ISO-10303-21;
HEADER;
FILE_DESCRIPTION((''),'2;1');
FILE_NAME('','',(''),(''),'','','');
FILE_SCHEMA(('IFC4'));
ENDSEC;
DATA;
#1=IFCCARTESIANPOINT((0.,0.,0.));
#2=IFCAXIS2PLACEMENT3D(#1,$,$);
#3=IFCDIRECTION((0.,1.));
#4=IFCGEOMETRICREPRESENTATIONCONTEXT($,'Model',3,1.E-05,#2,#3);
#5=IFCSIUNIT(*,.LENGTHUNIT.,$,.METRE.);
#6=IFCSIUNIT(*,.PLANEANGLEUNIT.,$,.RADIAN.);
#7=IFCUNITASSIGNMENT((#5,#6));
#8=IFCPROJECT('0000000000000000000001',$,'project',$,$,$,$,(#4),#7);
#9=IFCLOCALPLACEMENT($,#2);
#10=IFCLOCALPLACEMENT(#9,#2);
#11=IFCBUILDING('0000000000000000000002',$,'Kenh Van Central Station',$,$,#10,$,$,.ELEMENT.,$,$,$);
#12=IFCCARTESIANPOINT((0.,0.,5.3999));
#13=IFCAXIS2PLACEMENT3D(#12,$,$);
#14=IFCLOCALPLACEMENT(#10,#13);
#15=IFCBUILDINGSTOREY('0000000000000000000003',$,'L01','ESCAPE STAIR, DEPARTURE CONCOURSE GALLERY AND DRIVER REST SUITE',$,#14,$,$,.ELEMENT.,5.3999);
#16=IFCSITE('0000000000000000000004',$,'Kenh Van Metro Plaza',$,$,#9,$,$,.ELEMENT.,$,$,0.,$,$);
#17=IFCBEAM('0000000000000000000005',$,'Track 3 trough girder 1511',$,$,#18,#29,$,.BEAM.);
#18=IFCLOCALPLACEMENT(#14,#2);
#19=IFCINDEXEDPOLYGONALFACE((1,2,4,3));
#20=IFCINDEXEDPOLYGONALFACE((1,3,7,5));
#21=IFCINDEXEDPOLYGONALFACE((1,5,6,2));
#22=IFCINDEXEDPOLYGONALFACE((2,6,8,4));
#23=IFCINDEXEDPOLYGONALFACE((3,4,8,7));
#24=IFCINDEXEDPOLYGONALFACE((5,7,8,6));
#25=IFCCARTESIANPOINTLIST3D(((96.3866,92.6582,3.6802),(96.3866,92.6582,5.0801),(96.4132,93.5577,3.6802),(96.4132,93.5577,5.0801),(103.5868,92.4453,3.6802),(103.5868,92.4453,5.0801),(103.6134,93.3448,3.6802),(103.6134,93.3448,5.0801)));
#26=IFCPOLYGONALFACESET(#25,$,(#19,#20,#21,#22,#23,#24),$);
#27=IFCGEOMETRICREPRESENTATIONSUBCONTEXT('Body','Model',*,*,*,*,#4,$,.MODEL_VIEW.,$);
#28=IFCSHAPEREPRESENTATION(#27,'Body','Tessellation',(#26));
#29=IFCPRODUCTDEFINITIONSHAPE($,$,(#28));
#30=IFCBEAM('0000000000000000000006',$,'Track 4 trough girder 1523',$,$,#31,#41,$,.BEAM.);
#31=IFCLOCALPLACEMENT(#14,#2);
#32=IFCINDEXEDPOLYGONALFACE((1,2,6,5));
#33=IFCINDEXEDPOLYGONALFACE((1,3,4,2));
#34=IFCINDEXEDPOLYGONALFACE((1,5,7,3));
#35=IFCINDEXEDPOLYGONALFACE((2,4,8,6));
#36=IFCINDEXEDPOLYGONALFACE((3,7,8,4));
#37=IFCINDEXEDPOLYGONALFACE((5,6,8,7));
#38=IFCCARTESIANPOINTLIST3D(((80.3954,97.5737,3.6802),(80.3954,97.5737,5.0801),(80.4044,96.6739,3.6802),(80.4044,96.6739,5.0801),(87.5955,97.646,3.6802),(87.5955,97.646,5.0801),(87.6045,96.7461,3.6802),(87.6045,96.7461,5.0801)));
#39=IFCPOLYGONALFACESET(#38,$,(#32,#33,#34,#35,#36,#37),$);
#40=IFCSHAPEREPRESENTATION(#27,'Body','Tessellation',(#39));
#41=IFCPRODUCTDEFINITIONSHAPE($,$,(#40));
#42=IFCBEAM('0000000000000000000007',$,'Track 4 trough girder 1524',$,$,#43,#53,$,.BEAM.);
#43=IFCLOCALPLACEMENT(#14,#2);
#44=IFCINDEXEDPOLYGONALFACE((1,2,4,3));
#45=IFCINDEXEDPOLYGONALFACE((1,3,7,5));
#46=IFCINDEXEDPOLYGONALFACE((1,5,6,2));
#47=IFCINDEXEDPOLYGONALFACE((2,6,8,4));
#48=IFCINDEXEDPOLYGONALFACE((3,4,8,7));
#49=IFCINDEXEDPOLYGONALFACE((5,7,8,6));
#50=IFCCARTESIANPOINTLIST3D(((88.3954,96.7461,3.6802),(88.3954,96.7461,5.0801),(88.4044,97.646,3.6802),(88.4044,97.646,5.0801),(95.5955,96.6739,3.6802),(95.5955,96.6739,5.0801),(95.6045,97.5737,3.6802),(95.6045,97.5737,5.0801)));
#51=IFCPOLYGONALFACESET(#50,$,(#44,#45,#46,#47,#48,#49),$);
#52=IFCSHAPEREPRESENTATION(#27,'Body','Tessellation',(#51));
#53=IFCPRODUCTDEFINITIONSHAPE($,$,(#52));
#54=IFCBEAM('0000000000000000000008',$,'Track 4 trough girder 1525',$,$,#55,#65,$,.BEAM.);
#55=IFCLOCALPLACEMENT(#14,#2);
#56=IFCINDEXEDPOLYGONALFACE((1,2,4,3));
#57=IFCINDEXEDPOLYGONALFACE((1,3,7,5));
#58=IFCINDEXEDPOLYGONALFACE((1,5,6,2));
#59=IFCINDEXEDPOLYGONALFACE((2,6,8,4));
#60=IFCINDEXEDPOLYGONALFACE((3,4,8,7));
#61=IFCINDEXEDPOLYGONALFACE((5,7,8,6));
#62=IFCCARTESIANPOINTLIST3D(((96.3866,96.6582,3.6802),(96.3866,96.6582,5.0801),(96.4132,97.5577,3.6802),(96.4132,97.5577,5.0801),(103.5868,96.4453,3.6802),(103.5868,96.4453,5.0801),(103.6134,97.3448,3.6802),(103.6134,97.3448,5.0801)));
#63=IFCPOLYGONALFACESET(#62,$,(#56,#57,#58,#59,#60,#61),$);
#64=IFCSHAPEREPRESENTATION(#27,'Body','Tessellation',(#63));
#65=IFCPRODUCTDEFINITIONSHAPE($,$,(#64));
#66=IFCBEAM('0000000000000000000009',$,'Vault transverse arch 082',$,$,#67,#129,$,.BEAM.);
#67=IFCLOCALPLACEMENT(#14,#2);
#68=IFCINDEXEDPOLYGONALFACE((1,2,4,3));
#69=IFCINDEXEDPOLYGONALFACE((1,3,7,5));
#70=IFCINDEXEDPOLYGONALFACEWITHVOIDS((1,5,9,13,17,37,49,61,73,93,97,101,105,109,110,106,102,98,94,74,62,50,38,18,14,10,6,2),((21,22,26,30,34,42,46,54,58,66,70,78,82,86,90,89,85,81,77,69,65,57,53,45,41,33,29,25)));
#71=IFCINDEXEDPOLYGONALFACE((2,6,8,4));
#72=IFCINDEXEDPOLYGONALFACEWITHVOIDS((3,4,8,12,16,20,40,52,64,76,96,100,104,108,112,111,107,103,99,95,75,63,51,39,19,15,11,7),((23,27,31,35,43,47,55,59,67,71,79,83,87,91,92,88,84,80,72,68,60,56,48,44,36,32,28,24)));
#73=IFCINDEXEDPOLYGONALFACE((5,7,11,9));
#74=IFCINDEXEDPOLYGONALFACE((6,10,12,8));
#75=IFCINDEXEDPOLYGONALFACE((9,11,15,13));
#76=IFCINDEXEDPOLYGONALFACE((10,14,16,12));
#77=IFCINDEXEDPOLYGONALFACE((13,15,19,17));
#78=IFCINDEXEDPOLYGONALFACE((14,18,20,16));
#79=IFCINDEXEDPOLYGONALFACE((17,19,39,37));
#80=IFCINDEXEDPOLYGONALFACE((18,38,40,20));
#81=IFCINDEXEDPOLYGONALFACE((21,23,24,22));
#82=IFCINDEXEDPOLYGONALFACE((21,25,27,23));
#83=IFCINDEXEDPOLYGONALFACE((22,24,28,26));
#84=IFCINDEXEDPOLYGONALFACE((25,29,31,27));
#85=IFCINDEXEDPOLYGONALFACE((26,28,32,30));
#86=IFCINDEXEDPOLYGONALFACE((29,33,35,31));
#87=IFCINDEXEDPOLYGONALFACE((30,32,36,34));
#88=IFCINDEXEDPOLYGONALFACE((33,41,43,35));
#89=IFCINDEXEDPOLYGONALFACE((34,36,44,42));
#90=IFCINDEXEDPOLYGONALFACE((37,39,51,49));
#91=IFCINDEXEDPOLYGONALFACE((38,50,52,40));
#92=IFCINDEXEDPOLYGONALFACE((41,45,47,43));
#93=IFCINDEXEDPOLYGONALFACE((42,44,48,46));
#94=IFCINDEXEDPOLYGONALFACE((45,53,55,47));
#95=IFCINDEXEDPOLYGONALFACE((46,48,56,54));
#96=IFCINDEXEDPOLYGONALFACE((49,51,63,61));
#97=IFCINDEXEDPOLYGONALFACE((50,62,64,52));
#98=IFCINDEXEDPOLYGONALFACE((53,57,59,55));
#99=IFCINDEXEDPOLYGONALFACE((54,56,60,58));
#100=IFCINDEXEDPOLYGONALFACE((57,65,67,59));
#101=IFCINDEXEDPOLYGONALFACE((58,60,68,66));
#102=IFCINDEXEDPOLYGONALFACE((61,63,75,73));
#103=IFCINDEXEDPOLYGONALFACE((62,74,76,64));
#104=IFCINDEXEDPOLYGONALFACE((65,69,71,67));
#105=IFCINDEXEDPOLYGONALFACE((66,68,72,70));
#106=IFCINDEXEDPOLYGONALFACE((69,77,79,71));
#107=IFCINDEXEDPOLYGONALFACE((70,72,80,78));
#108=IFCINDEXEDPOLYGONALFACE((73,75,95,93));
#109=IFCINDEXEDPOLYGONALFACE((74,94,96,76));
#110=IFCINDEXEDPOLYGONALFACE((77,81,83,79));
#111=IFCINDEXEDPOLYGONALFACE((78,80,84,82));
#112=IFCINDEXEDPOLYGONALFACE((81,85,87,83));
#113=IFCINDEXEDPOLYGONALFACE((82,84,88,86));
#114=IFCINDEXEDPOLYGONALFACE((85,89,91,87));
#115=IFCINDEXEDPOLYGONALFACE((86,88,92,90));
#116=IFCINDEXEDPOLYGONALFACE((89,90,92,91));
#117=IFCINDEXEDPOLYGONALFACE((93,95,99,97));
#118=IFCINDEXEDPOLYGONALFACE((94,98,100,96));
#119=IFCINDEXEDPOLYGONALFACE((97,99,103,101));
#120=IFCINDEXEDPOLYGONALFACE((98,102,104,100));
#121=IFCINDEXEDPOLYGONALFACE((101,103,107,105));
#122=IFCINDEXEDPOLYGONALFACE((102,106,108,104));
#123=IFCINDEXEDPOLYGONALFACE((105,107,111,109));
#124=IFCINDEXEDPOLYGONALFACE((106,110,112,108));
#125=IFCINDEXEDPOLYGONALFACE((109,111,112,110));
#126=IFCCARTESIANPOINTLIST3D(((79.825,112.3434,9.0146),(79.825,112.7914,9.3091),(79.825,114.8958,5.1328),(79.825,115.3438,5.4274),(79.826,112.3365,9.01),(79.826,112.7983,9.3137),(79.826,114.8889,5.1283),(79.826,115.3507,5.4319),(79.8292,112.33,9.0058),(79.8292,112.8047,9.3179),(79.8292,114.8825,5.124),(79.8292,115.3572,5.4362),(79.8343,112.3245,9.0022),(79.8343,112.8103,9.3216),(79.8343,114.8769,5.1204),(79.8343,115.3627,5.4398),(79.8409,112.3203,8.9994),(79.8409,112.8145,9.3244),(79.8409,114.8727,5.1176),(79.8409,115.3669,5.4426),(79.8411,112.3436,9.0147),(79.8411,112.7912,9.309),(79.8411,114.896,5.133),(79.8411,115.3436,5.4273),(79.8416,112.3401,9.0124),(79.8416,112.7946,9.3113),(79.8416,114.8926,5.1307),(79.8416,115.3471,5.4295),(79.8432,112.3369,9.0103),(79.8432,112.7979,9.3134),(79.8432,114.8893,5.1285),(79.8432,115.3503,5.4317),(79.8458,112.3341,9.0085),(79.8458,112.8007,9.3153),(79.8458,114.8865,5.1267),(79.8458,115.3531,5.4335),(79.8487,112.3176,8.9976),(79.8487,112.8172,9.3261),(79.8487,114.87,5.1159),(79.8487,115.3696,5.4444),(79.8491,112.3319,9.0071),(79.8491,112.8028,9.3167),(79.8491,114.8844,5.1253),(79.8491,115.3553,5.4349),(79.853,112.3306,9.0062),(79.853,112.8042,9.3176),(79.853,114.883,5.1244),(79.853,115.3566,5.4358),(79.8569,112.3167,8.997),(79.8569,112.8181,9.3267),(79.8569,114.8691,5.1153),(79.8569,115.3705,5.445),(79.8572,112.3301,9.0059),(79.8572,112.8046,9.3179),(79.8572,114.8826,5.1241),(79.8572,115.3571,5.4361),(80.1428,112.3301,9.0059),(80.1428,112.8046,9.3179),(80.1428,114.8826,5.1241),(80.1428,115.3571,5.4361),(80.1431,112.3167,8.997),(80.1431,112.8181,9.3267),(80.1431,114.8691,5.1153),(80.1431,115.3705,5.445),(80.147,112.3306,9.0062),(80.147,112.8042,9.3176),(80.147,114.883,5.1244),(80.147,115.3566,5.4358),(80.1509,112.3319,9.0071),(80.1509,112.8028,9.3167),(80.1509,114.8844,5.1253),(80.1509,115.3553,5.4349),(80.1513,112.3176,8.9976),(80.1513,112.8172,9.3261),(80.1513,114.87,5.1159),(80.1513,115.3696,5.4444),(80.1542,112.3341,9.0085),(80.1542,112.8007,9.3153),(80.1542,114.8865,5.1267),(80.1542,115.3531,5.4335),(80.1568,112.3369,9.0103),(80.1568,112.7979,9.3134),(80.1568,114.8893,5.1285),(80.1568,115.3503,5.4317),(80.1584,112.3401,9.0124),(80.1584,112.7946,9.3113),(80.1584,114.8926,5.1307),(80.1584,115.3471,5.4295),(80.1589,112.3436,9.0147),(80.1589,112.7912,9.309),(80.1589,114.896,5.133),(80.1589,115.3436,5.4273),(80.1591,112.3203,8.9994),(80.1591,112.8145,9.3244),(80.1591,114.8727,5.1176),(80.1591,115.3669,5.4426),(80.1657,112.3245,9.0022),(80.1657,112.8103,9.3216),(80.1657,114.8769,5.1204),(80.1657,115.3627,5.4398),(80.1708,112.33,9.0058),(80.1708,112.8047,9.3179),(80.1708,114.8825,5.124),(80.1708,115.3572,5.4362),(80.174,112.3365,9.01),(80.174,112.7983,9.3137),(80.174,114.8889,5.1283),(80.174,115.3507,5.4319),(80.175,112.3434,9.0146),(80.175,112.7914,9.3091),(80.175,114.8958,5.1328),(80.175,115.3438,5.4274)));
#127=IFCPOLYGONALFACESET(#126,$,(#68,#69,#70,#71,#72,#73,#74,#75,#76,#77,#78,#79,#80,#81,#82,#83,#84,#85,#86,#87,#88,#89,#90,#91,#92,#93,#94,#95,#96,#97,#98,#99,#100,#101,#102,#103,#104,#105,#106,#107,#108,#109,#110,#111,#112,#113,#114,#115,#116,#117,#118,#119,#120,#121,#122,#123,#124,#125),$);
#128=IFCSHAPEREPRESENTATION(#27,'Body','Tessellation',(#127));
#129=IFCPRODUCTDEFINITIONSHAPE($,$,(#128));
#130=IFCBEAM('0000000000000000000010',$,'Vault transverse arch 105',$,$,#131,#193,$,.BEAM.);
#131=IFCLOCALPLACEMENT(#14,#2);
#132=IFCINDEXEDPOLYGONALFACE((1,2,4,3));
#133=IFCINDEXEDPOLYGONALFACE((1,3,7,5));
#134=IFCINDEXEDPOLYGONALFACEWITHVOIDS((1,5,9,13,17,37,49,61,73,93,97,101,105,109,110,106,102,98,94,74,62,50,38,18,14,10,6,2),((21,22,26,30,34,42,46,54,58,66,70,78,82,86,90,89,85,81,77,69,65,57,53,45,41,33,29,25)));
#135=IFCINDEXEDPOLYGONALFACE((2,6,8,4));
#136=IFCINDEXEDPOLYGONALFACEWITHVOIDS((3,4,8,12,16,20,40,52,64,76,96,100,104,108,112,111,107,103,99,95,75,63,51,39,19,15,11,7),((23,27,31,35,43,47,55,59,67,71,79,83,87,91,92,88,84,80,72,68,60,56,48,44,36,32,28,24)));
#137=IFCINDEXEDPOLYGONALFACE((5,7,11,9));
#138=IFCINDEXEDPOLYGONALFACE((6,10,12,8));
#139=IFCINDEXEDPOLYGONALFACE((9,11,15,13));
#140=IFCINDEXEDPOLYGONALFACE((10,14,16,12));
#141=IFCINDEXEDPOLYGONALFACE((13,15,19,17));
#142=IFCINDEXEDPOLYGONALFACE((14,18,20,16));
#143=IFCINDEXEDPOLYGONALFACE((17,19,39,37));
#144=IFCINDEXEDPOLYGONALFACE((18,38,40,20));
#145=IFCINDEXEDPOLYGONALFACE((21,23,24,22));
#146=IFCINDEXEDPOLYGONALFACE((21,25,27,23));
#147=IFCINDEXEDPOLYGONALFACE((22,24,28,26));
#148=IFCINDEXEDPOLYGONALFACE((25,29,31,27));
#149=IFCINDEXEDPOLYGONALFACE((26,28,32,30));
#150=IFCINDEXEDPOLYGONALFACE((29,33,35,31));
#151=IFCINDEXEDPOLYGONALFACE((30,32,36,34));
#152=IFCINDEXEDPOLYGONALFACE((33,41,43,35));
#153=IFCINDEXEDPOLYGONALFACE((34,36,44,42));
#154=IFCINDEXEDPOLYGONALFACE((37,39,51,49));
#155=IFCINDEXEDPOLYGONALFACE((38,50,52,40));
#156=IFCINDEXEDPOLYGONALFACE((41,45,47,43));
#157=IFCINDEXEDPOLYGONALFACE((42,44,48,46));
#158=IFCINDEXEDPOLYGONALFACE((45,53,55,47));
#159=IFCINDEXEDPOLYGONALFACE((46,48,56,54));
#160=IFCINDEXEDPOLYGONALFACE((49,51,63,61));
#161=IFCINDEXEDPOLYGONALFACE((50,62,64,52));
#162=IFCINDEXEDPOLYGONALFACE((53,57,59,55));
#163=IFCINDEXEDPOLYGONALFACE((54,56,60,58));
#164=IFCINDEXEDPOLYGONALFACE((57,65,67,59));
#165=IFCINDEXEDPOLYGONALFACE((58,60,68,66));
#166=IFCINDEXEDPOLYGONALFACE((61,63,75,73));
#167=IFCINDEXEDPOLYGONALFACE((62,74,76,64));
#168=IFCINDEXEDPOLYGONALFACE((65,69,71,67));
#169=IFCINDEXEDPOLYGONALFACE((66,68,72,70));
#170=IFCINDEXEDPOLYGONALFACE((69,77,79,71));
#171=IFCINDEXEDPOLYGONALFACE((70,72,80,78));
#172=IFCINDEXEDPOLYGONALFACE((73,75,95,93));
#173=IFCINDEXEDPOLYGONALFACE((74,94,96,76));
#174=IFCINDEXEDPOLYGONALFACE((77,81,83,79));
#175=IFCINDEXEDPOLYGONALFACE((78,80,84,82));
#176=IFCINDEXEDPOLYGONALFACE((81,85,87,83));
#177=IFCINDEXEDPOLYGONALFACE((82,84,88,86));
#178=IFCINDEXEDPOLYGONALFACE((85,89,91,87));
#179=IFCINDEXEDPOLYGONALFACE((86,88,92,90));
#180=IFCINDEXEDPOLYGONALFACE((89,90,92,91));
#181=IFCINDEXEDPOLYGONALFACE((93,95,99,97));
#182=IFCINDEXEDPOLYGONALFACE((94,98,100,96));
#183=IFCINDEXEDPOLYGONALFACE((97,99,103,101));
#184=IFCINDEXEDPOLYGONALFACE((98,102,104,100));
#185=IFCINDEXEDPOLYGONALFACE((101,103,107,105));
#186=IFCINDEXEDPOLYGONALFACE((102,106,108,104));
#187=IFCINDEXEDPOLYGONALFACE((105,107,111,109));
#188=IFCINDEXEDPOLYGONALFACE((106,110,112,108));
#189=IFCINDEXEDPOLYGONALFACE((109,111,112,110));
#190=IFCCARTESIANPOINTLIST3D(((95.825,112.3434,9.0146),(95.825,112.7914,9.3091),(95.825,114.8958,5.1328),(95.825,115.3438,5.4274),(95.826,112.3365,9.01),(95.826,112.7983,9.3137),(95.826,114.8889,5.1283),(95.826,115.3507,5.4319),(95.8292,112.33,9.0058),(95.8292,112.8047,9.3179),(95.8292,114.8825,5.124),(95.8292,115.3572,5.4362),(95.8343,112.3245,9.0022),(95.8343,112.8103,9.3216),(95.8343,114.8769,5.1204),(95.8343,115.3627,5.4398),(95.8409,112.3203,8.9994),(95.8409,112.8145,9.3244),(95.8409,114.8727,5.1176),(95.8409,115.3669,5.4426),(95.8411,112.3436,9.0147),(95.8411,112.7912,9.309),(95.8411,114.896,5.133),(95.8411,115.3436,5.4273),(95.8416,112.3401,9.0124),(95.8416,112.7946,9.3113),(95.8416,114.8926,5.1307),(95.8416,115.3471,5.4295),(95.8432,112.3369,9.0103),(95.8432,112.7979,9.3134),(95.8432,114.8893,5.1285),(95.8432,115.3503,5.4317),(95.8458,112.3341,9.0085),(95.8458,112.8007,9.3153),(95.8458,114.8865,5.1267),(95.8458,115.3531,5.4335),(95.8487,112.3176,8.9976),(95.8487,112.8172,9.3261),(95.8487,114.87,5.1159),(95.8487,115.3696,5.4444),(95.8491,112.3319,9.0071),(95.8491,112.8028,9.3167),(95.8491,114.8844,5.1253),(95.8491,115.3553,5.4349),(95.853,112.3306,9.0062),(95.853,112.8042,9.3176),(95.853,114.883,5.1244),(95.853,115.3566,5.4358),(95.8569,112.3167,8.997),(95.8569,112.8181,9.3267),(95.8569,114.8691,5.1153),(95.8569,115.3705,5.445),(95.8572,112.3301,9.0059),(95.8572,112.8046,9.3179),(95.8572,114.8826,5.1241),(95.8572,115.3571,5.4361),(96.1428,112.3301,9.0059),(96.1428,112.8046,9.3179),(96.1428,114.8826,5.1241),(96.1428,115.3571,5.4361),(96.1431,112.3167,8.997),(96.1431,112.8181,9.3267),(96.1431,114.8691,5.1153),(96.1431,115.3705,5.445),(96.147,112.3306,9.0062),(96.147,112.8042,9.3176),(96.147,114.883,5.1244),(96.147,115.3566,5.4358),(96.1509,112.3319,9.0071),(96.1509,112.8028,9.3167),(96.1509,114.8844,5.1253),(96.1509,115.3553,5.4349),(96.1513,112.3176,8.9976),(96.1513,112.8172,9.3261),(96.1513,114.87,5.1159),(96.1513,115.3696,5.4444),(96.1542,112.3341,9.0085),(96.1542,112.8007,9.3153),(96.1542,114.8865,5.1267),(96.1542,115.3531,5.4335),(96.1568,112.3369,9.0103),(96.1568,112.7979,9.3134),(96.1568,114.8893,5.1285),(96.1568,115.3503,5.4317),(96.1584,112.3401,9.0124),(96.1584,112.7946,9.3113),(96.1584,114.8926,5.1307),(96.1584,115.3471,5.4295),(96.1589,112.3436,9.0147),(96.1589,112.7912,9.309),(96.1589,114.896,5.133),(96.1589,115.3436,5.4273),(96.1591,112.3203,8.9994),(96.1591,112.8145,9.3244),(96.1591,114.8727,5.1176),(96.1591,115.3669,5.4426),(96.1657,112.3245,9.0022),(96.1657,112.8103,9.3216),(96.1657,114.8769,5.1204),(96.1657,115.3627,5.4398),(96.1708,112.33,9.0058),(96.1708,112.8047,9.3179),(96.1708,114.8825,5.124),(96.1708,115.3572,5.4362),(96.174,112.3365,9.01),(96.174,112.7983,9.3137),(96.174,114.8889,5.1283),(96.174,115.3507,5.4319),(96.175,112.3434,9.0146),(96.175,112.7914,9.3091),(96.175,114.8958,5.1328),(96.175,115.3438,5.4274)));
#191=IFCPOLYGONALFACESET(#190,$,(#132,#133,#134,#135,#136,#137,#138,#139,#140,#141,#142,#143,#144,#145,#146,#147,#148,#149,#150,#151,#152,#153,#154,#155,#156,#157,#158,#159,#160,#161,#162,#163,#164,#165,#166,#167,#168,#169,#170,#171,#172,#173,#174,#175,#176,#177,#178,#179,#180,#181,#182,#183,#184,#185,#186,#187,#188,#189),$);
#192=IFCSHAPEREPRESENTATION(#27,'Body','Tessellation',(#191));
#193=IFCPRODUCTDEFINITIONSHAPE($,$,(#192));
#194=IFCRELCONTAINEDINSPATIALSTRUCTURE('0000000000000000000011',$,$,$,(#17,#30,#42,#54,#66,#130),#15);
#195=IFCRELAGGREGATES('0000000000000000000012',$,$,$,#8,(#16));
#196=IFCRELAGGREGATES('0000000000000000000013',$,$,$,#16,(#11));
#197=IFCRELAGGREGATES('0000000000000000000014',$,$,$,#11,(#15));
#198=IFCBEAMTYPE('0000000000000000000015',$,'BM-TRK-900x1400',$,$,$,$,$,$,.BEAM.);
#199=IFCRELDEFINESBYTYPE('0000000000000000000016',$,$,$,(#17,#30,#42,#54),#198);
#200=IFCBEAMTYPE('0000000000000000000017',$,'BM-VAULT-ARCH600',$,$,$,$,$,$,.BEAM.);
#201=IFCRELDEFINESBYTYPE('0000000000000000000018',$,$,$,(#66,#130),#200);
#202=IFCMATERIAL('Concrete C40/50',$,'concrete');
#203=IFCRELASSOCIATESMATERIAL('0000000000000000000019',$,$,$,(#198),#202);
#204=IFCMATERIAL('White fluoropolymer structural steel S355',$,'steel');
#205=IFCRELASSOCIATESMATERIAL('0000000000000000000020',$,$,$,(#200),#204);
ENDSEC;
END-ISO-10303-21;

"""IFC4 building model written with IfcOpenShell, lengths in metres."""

from ifc_helpers import new_model, si_unit, direction, frame, origin, origin_2d, place, context, subcontext, project, spatial, rectangle, hollow_rectangle, extrude, material, material_profile, profile_set, type_object, element, save


model = new_model("IFC4")

# Units and contexts
model_context = context("Model", 3, precision=1e-05, world=origin(), true_north=direction((0.0, 1.0)))
body_context = subcontext(model_context, "Body", "Model", "MODEL_VIEW")
ifc_project = project(units=[si_unit("LENGTHUNIT", "METRE"), si_unit("PLANEANGLEUNIT", "RADIAN")], contexts=[model_context])

# Site, building, storey
site_placement = place(None, origin())
site = spatial("IfcSite", under=ifc_project, at=site_placement, Name="Kenh Van Metro Plaza", CompositionType="ELEMENT", RefElevation=0.0)
building_placement = place(site_placement, origin())
building = spatial("IfcBuilding", under=site, at=building_placement, Name="Kenh Van Central Station", CompositionType="ELEMENT")
storey_placement = place(building_placement, frame((0.0, 0.0, 5.3999)))
storey = spatial("IfcBuildingStorey", under=building, at=storey_placement, Name="L01", Description="ESCAPE STAIR, DEPARTURE CONCOURSE GALLERY AND DRIVER REST SUITE", CompositionType="ELEMENT", Elevation=5.3999)

# Shared definitions
ifc_material_1 = material(Name="Concrete C40/50", Category="concrete")

# Beams
ifc_material_profile_1 = material_profile(ifc_material_1, rectangle(XDim=0.8999, YDim=1.3999, at=origin_2d()), Name="RC 900x1400")
ifc_profile_set_1 = profile_set([ifc_material_profile_1], Name="Concrete C40/50")
beam_type_1 = type_object("IfcBeamType", Name="BM-TRK-900x1400", PredefinedType="BEAM", material=ifc_profile_set_1)
beam_1_placement = place(storey_placement, frame((96.3999, 93.1079, 4.3801), z_axis=(0.999563, -0.029554, 0.0), x_axis=(0.029554, 0.999563, 0.0)))
element("IfcBeam", 1, at=beam_1_placement, inside=storey, type_object=beam_type_1, Name="Track 3 trough girder 1511", PredefinedType="BEAM", context=body_context, shape_type="SweptSolid", body=[
    extrude(rectangle(XDim=0.8999, YDim=1.3999, at=origin_2d()), origin(), (0.0, 0.0, 1.0), 7.2034),
])
for number, where, z_axis, x_axis, name in (
    (2, (80.3999, 97.1238, 4.3801), (0.99995, 0.010036, 0.0), (-0.010036, 0.99995, 0.0), "Track 4 trough girder 1523"),
    (3, (88.3999, 97.196, 4.3801), (0.99995, -0.010036, 0.0), (0.010036, 0.99995, 0.0), "Track 4 trough girder 1524"),
):
    element("IfcBeam", number, at=place(storey_placement, frame(where, z_axis=z_axis, x_axis=x_axis)), inside=storey, type_object=beam_type_1, Name=name, PredefinedType="BEAM", context=body_context, shape_type="SweptSolid", body=[
        extrude(rectangle(XDim=0.8999, YDim=1.3999, at=origin_2d()), origin(), (0.0, 0.0, 1.0), 7.2004),
    ])
beam_2_placement = place(storey_placement, frame((96.3999, 97.1079, 4.3801), z_axis=(0.999563, -0.029554, 0.0), x_axis=(0.029554, 0.999563, 0.0)))
element("IfcBeam", 4, at=beam_2_placement, inside=storey, type_object=beam_type_1, Name="Track 4 trough girder 1525", PredefinedType="BEAM", context=body_context, shape_type="SweptSolid", body=[
    extrude(rectangle(XDim=0.8999, YDim=1.3999, at=origin_2d()), origin(), (0.0, 0.0, 1.0), 7.2034),
])
ifc_material_2 = material(Name="White fluoropolymer structural steel S355", Category="steel")
ifc_material_profile_2 = material_profile(ifc_material_2, hollow_rectangle(XDim=0.3501, YDim=0.6001, WallThickness=0.0161, InnerFilletRadius=0.0161, OuterFilletRadius=0.032, at=origin_2d()), Name="RHS 600x350x16")
ifc_profile_set_2 = profile_set([ifc_material_profile_2], Name="White fluoropolymer structural steel S355")
beam_type_2 = type_object("IfcBeamType", Name="BM-VAULT-ARCH600", PredefinedType="BEAM", material=ifc_profile_set_2)
for number, where, z_axis, x_axis, name in (
    (5, (80.0, 112.5674, 9.1619), (0.0, 0.549414, -0.83555), (-1.0, 0.0, 0.0), "Vault transverse arch 082"),
    (6, (96.0, 112.5674, 9.1619), (0.0, 0.549414, -0.83555), (-1.0, 0.0, 0.0), "Vault transverse arch 105"),
):
    element("IfcBeam", number, at=place(storey_placement, frame(where, z_axis=z_axis, x_axis=x_axis)), inside=storey, type_object=beam_type_2, Name=name, PredefinedType="BEAM", context=body_context, shape_type="SweptSolid", body=[
        extrude(hollow_rectangle(XDim=0.3501, YDim=0.6001, WallThickness=0.0161, InnerFilletRadius=0.0161, OuterFilletRadius=0.032, at=origin_2d()), origin(), (0.0, 0.0, 1.0), 4.6458),
    ])

save(model, "model.ifc")
